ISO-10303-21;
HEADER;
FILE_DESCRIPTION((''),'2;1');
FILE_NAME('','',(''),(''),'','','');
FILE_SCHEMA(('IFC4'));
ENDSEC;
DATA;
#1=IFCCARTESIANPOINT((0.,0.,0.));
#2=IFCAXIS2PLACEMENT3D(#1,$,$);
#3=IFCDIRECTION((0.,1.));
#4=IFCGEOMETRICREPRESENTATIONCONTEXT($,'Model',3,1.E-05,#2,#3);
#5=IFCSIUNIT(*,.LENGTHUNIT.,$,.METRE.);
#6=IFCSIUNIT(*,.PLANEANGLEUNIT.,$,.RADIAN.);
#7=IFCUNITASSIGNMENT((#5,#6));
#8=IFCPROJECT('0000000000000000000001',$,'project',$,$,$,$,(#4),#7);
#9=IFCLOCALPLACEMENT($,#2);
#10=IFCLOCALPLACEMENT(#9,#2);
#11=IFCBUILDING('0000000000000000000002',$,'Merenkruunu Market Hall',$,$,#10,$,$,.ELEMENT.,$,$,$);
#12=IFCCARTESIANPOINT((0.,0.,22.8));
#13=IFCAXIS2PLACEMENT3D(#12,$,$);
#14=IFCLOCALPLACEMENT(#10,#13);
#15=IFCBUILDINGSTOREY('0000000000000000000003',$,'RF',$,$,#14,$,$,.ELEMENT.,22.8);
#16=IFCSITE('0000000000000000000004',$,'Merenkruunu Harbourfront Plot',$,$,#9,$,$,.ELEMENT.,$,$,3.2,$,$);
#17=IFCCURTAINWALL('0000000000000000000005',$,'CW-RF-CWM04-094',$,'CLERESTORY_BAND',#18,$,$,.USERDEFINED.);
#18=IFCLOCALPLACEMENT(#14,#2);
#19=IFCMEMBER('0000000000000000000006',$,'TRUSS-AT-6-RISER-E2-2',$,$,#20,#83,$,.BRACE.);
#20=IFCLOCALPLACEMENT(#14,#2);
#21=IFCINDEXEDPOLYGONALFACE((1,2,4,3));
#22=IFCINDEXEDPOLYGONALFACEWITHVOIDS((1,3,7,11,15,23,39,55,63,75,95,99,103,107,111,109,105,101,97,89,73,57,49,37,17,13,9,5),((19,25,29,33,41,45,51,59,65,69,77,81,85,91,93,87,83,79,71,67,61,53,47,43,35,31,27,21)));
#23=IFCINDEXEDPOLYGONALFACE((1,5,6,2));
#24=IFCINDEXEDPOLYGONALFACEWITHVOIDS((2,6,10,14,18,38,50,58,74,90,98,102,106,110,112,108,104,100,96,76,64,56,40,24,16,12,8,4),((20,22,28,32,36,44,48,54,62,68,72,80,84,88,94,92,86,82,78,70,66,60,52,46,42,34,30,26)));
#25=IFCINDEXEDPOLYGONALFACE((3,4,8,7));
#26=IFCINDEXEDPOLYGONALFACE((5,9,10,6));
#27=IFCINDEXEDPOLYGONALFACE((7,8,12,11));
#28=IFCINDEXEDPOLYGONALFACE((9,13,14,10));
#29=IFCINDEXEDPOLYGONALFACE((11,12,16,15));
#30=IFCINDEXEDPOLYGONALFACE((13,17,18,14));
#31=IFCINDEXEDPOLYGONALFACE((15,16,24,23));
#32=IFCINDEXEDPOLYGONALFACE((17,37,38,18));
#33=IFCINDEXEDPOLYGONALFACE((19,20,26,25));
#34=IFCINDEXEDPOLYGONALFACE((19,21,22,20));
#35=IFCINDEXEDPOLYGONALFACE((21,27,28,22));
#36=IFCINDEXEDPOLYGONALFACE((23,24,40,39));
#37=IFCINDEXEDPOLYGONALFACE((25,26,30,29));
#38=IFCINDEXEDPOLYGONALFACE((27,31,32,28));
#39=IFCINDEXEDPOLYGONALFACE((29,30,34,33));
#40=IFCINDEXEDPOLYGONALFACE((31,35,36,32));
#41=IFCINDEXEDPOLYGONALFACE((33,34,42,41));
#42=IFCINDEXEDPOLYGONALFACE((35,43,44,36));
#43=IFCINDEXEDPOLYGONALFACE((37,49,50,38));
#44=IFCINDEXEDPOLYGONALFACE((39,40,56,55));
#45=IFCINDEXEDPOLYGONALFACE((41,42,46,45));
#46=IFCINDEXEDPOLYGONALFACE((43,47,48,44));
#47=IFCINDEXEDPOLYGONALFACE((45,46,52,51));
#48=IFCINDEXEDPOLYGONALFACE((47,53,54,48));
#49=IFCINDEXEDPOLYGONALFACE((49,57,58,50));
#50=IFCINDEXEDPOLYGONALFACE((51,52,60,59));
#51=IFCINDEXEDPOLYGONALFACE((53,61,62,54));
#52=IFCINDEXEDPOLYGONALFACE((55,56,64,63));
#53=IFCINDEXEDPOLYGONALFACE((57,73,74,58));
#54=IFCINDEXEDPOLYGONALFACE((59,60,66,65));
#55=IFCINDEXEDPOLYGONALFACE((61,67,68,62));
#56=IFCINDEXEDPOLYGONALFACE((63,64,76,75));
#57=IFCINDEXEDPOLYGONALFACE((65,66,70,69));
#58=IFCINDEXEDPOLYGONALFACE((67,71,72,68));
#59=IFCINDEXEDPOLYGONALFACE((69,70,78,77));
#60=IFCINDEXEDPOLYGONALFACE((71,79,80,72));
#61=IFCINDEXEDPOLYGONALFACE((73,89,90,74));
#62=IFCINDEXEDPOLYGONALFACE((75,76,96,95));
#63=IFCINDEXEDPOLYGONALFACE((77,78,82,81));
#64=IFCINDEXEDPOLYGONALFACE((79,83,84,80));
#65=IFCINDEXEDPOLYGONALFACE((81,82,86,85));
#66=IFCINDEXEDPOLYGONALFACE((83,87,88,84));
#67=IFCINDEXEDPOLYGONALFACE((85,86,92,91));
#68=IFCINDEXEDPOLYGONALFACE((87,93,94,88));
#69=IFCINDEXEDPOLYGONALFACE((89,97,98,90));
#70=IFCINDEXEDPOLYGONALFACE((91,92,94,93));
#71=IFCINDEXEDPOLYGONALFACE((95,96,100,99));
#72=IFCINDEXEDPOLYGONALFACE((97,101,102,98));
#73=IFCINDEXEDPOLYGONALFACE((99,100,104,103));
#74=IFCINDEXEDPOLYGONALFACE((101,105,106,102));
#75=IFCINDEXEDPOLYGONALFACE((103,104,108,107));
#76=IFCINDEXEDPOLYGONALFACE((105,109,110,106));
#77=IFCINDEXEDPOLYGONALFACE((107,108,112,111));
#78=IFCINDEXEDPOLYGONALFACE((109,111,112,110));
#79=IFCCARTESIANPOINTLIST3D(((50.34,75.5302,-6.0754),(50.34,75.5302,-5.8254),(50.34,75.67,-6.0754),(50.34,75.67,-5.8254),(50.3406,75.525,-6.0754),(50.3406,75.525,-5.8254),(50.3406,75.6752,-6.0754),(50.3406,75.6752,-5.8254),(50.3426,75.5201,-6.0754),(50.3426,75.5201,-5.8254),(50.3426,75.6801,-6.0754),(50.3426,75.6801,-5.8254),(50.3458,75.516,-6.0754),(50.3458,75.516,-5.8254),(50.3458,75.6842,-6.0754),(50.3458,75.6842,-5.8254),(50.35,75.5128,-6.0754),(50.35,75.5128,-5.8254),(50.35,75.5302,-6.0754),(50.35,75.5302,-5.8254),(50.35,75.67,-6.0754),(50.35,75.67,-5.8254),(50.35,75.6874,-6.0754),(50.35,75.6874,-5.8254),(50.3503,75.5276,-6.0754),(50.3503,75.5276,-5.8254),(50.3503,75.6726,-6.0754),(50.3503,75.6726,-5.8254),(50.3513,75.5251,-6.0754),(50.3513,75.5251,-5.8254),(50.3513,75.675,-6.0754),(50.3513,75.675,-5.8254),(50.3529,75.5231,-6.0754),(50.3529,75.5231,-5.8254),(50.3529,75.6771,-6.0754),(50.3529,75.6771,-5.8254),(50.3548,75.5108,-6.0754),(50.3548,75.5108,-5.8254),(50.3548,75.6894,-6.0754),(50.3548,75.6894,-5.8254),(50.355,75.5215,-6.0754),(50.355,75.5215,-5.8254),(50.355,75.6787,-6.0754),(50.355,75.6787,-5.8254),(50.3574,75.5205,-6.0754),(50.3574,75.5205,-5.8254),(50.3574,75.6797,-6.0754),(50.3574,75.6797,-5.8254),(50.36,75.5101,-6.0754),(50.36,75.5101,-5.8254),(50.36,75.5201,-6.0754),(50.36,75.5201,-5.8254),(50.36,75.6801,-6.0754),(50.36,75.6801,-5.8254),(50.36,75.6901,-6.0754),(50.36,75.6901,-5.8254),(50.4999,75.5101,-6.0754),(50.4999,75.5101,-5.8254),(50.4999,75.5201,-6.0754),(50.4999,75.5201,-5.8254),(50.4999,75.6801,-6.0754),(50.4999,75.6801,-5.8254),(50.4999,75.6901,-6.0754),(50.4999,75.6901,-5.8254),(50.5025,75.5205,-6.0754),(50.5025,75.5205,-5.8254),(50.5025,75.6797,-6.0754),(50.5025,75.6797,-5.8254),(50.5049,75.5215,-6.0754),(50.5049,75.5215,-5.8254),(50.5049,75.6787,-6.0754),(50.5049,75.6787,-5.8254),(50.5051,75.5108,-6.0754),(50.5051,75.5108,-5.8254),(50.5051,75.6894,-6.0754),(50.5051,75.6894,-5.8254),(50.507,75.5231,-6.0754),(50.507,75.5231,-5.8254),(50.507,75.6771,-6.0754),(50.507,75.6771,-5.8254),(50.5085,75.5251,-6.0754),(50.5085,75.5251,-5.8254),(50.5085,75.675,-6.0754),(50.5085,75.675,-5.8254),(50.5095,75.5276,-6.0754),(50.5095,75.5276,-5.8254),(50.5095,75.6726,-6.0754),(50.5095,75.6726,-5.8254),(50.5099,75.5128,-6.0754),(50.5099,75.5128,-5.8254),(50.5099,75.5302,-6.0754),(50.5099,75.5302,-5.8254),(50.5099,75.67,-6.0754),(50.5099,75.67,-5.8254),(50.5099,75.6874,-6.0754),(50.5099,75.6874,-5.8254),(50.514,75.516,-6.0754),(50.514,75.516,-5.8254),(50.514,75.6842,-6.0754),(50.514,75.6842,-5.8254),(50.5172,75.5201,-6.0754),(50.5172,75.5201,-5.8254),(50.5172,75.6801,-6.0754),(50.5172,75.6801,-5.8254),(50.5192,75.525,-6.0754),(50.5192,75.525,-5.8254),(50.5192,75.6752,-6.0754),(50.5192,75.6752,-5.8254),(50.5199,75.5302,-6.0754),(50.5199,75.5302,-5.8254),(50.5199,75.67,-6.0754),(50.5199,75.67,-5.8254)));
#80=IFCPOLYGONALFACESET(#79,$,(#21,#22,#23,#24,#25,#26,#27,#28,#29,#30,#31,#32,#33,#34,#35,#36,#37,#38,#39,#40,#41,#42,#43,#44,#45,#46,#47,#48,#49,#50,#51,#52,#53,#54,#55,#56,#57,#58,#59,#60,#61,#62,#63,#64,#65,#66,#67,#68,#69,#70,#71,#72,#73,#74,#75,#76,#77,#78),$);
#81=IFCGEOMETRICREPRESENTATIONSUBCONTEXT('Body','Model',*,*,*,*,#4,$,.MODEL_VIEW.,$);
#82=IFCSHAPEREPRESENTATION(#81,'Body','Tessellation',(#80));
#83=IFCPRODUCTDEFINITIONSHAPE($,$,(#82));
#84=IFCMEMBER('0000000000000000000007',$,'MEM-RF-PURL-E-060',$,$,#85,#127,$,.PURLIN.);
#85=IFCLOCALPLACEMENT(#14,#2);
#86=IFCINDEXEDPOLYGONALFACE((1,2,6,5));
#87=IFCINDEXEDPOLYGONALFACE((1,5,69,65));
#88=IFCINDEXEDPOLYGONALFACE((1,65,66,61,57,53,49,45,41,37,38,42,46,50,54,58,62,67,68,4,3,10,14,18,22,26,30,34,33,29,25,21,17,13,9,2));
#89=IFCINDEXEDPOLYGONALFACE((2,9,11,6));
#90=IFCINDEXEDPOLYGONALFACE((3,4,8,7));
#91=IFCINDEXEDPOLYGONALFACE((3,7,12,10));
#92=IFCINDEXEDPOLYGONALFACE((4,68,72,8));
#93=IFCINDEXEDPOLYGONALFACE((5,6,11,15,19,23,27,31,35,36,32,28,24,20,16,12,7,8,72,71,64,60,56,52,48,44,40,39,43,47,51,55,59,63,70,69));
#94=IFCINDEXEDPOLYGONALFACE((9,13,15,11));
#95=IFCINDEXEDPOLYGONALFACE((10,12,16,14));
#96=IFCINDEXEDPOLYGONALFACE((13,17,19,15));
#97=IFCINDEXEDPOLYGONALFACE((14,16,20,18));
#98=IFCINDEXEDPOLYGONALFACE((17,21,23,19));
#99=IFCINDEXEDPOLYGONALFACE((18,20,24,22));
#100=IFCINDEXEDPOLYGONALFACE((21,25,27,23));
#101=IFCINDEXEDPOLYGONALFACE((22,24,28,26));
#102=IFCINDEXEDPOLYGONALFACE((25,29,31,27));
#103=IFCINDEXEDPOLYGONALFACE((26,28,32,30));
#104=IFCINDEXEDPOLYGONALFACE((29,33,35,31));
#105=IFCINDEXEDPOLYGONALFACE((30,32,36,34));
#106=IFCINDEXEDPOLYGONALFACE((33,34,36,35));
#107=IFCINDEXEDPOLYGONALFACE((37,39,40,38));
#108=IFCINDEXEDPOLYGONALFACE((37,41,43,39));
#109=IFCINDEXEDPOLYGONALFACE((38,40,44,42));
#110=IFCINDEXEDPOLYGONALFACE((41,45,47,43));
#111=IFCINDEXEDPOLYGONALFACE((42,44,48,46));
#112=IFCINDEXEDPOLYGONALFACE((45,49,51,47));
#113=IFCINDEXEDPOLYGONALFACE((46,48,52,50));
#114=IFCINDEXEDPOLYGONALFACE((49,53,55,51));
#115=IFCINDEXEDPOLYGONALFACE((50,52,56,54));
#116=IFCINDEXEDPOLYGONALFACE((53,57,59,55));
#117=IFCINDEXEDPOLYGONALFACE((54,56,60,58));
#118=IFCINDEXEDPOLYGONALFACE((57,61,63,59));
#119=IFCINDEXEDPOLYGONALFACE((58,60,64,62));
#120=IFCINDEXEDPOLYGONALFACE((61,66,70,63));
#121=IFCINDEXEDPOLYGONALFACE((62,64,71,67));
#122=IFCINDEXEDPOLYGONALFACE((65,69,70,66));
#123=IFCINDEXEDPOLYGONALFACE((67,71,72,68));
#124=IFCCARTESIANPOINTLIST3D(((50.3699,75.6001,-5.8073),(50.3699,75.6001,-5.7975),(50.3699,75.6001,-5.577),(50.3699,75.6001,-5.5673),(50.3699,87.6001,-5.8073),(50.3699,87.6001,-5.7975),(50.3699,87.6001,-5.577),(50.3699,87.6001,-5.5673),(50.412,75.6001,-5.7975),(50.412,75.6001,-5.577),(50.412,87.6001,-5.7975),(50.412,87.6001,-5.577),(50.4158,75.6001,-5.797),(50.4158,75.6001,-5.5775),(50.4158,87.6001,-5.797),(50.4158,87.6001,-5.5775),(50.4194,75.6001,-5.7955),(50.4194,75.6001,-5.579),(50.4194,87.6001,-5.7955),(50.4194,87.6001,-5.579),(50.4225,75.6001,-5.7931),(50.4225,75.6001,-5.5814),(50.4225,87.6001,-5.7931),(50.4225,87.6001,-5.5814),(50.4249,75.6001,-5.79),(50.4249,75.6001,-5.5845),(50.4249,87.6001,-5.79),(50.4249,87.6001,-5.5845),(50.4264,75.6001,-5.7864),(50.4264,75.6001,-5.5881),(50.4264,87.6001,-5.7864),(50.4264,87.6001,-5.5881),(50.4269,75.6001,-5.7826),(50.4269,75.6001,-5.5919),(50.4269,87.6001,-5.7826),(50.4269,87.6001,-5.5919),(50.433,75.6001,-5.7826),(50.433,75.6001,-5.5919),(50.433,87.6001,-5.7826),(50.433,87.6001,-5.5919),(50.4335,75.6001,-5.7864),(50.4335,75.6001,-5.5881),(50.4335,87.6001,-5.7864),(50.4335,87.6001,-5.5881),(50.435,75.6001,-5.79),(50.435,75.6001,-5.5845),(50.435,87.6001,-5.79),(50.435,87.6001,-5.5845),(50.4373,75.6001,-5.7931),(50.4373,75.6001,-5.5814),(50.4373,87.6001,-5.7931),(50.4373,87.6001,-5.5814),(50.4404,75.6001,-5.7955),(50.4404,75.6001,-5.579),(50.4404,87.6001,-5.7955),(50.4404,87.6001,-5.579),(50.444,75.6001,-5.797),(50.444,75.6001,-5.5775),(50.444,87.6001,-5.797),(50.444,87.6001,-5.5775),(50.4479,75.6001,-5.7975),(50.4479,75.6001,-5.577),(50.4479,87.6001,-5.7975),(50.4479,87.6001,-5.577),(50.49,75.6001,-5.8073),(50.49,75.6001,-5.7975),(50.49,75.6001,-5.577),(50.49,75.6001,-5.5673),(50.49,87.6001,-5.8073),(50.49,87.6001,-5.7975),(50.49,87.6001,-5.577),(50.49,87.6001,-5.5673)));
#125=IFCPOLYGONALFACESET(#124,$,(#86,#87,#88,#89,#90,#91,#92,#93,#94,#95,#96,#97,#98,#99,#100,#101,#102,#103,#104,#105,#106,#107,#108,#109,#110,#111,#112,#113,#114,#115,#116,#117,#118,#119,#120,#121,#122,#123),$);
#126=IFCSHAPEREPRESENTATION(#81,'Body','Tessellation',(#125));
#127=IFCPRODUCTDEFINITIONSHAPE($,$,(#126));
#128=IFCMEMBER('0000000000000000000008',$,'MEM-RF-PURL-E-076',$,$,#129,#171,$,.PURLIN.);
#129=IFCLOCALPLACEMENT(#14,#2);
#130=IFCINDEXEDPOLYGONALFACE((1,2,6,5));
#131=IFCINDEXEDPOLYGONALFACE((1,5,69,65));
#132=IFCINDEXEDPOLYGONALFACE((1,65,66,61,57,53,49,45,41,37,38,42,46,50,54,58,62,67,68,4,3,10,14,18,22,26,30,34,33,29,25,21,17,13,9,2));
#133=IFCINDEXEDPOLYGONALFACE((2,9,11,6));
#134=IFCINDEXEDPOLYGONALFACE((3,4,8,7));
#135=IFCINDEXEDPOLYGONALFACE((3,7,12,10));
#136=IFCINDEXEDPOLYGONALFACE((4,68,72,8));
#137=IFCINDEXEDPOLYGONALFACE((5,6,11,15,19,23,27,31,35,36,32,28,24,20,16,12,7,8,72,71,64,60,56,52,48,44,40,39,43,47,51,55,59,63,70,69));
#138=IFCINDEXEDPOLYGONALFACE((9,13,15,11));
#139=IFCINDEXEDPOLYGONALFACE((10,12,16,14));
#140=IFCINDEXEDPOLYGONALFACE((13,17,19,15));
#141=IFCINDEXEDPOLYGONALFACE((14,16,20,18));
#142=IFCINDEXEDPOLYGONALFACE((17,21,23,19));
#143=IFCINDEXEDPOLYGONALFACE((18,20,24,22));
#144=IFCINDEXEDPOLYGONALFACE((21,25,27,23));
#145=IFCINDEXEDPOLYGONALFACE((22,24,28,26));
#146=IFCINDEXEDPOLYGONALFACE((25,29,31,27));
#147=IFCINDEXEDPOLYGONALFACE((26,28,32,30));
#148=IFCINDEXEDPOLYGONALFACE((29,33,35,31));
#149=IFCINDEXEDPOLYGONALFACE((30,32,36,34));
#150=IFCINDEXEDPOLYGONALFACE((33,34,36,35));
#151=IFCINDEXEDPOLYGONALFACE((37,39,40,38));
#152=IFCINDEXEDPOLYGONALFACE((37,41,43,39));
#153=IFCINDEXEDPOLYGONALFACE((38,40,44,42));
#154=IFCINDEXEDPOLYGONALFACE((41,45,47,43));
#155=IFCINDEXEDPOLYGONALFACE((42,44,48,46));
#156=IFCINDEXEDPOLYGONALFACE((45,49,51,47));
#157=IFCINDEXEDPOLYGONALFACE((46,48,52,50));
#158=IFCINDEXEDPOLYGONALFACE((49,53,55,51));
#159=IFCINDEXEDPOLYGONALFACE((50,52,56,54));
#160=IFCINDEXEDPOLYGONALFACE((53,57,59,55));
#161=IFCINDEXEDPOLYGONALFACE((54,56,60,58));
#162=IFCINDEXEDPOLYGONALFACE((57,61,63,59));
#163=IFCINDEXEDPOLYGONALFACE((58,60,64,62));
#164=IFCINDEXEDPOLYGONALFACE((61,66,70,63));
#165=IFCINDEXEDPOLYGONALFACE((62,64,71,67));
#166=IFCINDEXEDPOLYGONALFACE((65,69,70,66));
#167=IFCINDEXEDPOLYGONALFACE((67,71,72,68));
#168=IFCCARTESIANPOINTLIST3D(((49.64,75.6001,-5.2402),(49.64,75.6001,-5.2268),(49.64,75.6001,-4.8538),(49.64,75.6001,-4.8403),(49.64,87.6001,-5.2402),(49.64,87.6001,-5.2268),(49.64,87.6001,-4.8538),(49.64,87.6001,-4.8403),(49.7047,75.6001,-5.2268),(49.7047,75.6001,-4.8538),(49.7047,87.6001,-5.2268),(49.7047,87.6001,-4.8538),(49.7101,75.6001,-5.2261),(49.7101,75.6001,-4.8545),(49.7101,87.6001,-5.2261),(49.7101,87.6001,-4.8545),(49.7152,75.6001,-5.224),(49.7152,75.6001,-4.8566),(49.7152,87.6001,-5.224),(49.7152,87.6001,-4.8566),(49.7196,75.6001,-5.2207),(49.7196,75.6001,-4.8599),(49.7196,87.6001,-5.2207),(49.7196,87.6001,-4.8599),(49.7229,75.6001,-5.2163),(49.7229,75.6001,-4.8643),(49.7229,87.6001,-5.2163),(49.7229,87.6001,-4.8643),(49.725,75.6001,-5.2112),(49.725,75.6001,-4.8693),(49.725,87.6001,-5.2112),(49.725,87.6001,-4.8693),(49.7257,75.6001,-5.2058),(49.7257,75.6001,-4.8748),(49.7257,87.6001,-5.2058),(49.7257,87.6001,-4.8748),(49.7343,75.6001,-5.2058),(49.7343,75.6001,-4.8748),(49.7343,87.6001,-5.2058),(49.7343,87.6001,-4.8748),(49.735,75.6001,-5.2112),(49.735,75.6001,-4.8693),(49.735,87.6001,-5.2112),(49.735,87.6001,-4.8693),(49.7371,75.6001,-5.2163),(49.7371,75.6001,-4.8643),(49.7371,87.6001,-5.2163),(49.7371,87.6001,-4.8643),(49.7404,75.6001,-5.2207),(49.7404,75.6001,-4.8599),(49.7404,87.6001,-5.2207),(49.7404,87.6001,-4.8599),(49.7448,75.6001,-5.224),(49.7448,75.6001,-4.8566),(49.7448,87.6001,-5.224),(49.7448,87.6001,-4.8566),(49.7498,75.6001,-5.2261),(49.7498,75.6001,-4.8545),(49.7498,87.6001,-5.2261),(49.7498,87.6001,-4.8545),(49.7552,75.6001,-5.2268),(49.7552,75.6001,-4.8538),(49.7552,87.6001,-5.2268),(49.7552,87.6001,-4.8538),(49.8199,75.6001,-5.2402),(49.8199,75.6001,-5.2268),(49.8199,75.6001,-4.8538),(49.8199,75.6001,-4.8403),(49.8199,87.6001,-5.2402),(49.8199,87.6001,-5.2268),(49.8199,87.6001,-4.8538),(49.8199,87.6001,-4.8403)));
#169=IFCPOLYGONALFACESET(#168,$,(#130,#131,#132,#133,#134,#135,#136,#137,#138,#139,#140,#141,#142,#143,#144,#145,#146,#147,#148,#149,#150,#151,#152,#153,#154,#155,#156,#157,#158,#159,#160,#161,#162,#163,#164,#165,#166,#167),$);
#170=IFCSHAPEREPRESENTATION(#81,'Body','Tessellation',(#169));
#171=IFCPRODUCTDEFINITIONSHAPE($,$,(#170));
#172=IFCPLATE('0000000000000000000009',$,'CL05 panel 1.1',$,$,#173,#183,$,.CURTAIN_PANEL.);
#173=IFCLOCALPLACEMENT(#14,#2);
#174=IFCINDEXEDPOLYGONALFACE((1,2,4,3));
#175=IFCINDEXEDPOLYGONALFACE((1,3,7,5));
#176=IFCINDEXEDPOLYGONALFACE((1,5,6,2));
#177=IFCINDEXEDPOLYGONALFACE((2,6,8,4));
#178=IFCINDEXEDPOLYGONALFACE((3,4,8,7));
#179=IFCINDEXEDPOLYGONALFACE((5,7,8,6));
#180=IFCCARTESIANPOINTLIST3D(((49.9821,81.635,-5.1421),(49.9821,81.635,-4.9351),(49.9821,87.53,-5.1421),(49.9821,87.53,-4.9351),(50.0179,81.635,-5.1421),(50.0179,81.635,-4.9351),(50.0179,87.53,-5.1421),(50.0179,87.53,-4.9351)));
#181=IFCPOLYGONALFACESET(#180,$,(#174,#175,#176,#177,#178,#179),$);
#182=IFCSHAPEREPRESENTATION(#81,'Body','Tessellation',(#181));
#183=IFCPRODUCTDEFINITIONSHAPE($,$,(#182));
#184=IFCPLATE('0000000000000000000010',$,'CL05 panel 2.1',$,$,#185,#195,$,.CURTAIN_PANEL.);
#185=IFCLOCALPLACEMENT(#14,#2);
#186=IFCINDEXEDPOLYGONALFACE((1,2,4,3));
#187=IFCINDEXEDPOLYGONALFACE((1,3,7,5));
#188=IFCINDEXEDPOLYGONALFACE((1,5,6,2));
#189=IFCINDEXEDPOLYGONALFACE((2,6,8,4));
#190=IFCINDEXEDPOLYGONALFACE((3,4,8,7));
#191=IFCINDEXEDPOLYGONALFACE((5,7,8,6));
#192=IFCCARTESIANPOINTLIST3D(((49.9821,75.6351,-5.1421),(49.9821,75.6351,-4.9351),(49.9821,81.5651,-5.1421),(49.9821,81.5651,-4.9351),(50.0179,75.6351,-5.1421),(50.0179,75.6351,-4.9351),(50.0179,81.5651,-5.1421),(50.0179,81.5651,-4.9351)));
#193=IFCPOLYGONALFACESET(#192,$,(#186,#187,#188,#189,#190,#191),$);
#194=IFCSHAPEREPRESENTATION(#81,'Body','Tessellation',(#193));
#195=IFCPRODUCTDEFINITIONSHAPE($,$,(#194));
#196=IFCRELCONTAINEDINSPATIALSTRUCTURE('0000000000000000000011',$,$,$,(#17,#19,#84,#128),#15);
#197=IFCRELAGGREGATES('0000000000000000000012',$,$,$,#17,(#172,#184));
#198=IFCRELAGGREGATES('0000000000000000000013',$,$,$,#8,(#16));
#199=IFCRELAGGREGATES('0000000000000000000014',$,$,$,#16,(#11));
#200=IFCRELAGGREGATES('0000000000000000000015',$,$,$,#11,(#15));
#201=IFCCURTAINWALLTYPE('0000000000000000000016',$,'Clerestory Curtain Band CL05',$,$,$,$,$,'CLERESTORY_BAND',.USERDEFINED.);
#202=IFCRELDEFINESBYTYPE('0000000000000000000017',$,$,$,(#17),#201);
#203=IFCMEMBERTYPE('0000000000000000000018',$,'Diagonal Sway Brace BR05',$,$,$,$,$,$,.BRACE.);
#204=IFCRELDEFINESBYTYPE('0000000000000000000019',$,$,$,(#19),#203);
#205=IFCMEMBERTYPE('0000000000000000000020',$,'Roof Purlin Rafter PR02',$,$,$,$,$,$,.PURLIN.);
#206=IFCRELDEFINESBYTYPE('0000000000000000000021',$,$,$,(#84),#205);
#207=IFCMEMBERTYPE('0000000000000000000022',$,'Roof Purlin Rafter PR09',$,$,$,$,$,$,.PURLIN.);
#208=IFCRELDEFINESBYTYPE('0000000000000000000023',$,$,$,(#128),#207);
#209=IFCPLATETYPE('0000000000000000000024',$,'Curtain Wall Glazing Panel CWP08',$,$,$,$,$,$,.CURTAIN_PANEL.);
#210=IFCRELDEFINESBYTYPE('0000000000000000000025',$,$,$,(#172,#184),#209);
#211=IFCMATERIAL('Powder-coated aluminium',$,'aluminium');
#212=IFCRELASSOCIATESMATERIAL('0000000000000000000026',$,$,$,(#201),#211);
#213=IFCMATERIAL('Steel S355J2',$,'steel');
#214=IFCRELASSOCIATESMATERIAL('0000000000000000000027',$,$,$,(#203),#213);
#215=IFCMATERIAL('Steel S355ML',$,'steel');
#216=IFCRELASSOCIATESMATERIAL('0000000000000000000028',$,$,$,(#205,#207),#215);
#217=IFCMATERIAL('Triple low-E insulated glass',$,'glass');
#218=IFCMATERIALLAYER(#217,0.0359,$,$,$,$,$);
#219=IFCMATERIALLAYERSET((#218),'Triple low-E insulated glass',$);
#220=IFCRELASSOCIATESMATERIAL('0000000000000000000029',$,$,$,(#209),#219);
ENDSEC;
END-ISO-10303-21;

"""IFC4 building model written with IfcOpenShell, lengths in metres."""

from ifc_helpers import new_model, si_unit, direction, frame, origin, origin_2d, place, context, subcontext, project, spatial, rectangle, hollow_rectangle, i_section, extrude, material, layer, layer_set, material_profile, profile_set, type_object, element, aggregate, save


model = new_model("IFC4")

# Units and contexts
model_context = context("Model", 3, precision=1e-05, world=origin(), true_north=direction((0.0, 1.0)))
body_context = subcontext(model_context, "Body", "Model", "MODEL_VIEW")
ifc_project = project(units=[si_unit("LENGTHUNIT", "METRE"), si_unit("PLANEANGLEUNIT", "RADIAN")], contexts=[model_context])

# Site, building, storey
site_placement = place(None, origin())
site = spatial("IfcSite", under=ifc_project, at=site_placement, Name="Merenkruunu Harbourfront Plot", CompositionType="ELEMENT", RefElevation=3.2)
building_placement = place(site_placement, origin())
building = spatial("IfcBuilding", under=site, at=building_placement, Name="Merenkruunu Market Hall", CompositionType="ELEMENT")
storey_placement = place(building_placement, frame((0.0, 0.0, 22.8)))
storey = spatial("IfcBuildingStorey", under=building, at=storey_placement, Name="RF", CompositionType="ELEMENT", Elevation=22.8)

# Shared definitions
ifc_material_1 = material(Name="Steel S355ML", Category="steel")

# Curtain wall
ifc_material_2 = material(Name="Powder-coated aluminium", Category="aluminium")
curtain_wall_type = type_object("IfcCurtainWallType", Name="Clerestory Curtain Band CL05", ElementType="CLERESTORY_BAND", PredefinedType="USERDEFINED", material=ifc_material_2)
curtain_wall_1_placement = place(storey_placement, origin())
curtain_wall_1 = element("IfcCurtainWall", 1, at=curtain_wall_1_placement, inside=storey, type_object=curtain_wall_type, Name="CW-RF-CWM04-094", ObjectType="CLERESTORY_BAND", PredefinedType="USERDEFINED")

# Members
ifc_material_3 = material(Name="Steel S355J2", Category="steel")
ifc_material_profile_1 = material_profile(ifc_material_3, hollow_rectangle(XDim=0.1799, YDim=0.1799, WallThickness=0.01, InnerFilletRadius=0.01, OuterFilletRadius=0.02, at=origin_2d()), Name="SHS 180x180x10")
ifc_profile_set_1 = profile_set([ifc_material_profile_1], Name="Steel S355J2")
member_type_1 = type_object("IfcMemberType", Name="Diagonal Sway Brace BR05", PredefinedType="BRACE", material=ifc_profile_set_1)
member_1_placement = place(storey_placement, frame((50.4299, 75.6001, -6.0754), z_axis=(0.0, 0.0, 1.0), x_axis=(1.0, 0.0, 0.0)))
element("IfcMember", 2, at=member_1_placement, inside=storey, type_object=member_type_1, Name="TRUSS-AT-6-RISER-E2-2", PredefinedType="BRACE", context=body_context, shape_type="SweptSolid", body=[
    extrude(hollow_rectangle(XDim=0.1799, YDim=0.1799, WallThickness=0.01, InnerFilletRadius=0.01, OuterFilletRadius=0.02, at=origin_2d()), origin(), (0.0, 0.0, 1.0), 0.25),
])
ifc_material_profile_2 = material_profile(ifc_material_1, i_section(OverallWidth=0.1201, OverallDepth=0.24, WebThickness=0.0061, FlangeThickness=0.0098, FilletRadius=0.0149, at=origin_2d()), Name="IPE 240")
ifc_profile_set_2 = profile_set([ifc_material_profile_2], Name="Steel S355ML")
member_type_2 = type_object("IfcMemberType", Name="Roof Purlin Rafter PR02", PredefinedType="PURLIN", material=ifc_profile_set_2)
member_2_placement = place(storey_placement, frame((50.4299, 75.6001, -5.6873), z_axis=(0.0, 1.0, 0.0), x_axis=(-1.0, 0.0, 0.0)))
element("IfcMember", 3, at=member_2_placement, inside=storey, type_object=member_type_2, Name="MEM-RF-PURL-E-060", PredefinedType="PURLIN", context=body_context, shape_type="SweptSolid", body=[
    extrude(i_section(OverallWidth=0.1201, OverallDepth=0.24, WebThickness=0.0061, FlangeThickness=0.0098, FilletRadius=0.0149, at=origin_2d()), origin(), (0.0, 0.0, 1.0), 12.0),
])
ifc_material_profile_3 = material_profile(ifc_material_1, i_section(OverallWidth=0.1799, OverallDepth=0.3999, WebThickness=0.0085, FlangeThickness=0.0134, FilletRadius=0.021, at=origin_2d()), Name="IPE 400")
ifc_profile_set_3 = profile_set([ifc_material_profile_3], Name="Steel S355ML")
member_type_3 = type_object("IfcMemberType", Name="Roof Purlin Rafter PR09", PredefinedType="PURLIN", material=ifc_profile_set_3)
member_3_placement = place(storey_placement, frame((49.73, 75.6001, -5.0403), z_axis=(0.0, 1.0, 0.0), x_axis=(-1.0, 0.0, 0.0)))
element("IfcMember", 4, at=member_3_placement, inside=storey, type_object=member_type_3, Name="MEM-RF-PURL-E-076", PredefinedType="PURLIN", context=body_context, shape_type="SweptSolid", body=[
    extrude(i_section(OverallWidth=0.1799, OverallDepth=0.3999, WebThickness=0.0085, FlangeThickness=0.0134, FilletRadius=0.021, at=origin_2d()), origin(), (0.0, 0.0, 1.0), 12.0),
])

# Plates
ifc_material_4 = material(Name="Triple low-E insulated glass", Category="glass")
ifc_layer_1 = layer(ifc_material_4, 0.0359)
ifc_layer_set_1 = layer_set([ifc_layer_1], Name="Triple low-E insulated glass")
plate_type_1 = type_object("IfcPlateType", Name="Curtain Wall Glazing Panel CWP08", PredefinedType="CURTAIN_PANEL", material=ifc_layer_set_1)
plate_1_placement = place(storey_placement, frame((50.0, 84.5825, -5.1421), z_axis=(0.0, 0.0, 1.0), x_axis=(0.0, -1.0, 0.0)))
plate_1 = element("IfcPlate", 5, at=plate_1_placement, type_object=plate_type_1, Name="CL05 panel 1.1", PredefinedType="CURTAIN_PANEL", context=body_context, shape_type="SweptSolid", body=[
    extrude(rectangle(XDim=5.895, YDim=0.0359, at=origin_2d()), origin(), (0.0, 0.0, 1.0), 0.207),
])
plate_2_placement = place(storey_placement, frame((50.0, 78.6001, -5.1421), z_axis=(0.0, 0.0, 1.0), x_axis=(0.0, -1.0, 0.0)))
plate_2 = element("IfcPlate", 6, at=plate_2_placement, type_object=plate_type_1, Name="CL05 panel 2.1", PredefinedType="CURTAIN_PANEL", context=body_context, shape_type="SweptSolid", body=[
    extrude(rectangle(XDim=5.9299, YDim=0.0359, at=origin_2d()), origin(), (0.0, 0.0, 1.0), 0.207),
])
aggregate(curtain_wall_1, [plate_1, plate_2])

save(model, "model.ifc")
